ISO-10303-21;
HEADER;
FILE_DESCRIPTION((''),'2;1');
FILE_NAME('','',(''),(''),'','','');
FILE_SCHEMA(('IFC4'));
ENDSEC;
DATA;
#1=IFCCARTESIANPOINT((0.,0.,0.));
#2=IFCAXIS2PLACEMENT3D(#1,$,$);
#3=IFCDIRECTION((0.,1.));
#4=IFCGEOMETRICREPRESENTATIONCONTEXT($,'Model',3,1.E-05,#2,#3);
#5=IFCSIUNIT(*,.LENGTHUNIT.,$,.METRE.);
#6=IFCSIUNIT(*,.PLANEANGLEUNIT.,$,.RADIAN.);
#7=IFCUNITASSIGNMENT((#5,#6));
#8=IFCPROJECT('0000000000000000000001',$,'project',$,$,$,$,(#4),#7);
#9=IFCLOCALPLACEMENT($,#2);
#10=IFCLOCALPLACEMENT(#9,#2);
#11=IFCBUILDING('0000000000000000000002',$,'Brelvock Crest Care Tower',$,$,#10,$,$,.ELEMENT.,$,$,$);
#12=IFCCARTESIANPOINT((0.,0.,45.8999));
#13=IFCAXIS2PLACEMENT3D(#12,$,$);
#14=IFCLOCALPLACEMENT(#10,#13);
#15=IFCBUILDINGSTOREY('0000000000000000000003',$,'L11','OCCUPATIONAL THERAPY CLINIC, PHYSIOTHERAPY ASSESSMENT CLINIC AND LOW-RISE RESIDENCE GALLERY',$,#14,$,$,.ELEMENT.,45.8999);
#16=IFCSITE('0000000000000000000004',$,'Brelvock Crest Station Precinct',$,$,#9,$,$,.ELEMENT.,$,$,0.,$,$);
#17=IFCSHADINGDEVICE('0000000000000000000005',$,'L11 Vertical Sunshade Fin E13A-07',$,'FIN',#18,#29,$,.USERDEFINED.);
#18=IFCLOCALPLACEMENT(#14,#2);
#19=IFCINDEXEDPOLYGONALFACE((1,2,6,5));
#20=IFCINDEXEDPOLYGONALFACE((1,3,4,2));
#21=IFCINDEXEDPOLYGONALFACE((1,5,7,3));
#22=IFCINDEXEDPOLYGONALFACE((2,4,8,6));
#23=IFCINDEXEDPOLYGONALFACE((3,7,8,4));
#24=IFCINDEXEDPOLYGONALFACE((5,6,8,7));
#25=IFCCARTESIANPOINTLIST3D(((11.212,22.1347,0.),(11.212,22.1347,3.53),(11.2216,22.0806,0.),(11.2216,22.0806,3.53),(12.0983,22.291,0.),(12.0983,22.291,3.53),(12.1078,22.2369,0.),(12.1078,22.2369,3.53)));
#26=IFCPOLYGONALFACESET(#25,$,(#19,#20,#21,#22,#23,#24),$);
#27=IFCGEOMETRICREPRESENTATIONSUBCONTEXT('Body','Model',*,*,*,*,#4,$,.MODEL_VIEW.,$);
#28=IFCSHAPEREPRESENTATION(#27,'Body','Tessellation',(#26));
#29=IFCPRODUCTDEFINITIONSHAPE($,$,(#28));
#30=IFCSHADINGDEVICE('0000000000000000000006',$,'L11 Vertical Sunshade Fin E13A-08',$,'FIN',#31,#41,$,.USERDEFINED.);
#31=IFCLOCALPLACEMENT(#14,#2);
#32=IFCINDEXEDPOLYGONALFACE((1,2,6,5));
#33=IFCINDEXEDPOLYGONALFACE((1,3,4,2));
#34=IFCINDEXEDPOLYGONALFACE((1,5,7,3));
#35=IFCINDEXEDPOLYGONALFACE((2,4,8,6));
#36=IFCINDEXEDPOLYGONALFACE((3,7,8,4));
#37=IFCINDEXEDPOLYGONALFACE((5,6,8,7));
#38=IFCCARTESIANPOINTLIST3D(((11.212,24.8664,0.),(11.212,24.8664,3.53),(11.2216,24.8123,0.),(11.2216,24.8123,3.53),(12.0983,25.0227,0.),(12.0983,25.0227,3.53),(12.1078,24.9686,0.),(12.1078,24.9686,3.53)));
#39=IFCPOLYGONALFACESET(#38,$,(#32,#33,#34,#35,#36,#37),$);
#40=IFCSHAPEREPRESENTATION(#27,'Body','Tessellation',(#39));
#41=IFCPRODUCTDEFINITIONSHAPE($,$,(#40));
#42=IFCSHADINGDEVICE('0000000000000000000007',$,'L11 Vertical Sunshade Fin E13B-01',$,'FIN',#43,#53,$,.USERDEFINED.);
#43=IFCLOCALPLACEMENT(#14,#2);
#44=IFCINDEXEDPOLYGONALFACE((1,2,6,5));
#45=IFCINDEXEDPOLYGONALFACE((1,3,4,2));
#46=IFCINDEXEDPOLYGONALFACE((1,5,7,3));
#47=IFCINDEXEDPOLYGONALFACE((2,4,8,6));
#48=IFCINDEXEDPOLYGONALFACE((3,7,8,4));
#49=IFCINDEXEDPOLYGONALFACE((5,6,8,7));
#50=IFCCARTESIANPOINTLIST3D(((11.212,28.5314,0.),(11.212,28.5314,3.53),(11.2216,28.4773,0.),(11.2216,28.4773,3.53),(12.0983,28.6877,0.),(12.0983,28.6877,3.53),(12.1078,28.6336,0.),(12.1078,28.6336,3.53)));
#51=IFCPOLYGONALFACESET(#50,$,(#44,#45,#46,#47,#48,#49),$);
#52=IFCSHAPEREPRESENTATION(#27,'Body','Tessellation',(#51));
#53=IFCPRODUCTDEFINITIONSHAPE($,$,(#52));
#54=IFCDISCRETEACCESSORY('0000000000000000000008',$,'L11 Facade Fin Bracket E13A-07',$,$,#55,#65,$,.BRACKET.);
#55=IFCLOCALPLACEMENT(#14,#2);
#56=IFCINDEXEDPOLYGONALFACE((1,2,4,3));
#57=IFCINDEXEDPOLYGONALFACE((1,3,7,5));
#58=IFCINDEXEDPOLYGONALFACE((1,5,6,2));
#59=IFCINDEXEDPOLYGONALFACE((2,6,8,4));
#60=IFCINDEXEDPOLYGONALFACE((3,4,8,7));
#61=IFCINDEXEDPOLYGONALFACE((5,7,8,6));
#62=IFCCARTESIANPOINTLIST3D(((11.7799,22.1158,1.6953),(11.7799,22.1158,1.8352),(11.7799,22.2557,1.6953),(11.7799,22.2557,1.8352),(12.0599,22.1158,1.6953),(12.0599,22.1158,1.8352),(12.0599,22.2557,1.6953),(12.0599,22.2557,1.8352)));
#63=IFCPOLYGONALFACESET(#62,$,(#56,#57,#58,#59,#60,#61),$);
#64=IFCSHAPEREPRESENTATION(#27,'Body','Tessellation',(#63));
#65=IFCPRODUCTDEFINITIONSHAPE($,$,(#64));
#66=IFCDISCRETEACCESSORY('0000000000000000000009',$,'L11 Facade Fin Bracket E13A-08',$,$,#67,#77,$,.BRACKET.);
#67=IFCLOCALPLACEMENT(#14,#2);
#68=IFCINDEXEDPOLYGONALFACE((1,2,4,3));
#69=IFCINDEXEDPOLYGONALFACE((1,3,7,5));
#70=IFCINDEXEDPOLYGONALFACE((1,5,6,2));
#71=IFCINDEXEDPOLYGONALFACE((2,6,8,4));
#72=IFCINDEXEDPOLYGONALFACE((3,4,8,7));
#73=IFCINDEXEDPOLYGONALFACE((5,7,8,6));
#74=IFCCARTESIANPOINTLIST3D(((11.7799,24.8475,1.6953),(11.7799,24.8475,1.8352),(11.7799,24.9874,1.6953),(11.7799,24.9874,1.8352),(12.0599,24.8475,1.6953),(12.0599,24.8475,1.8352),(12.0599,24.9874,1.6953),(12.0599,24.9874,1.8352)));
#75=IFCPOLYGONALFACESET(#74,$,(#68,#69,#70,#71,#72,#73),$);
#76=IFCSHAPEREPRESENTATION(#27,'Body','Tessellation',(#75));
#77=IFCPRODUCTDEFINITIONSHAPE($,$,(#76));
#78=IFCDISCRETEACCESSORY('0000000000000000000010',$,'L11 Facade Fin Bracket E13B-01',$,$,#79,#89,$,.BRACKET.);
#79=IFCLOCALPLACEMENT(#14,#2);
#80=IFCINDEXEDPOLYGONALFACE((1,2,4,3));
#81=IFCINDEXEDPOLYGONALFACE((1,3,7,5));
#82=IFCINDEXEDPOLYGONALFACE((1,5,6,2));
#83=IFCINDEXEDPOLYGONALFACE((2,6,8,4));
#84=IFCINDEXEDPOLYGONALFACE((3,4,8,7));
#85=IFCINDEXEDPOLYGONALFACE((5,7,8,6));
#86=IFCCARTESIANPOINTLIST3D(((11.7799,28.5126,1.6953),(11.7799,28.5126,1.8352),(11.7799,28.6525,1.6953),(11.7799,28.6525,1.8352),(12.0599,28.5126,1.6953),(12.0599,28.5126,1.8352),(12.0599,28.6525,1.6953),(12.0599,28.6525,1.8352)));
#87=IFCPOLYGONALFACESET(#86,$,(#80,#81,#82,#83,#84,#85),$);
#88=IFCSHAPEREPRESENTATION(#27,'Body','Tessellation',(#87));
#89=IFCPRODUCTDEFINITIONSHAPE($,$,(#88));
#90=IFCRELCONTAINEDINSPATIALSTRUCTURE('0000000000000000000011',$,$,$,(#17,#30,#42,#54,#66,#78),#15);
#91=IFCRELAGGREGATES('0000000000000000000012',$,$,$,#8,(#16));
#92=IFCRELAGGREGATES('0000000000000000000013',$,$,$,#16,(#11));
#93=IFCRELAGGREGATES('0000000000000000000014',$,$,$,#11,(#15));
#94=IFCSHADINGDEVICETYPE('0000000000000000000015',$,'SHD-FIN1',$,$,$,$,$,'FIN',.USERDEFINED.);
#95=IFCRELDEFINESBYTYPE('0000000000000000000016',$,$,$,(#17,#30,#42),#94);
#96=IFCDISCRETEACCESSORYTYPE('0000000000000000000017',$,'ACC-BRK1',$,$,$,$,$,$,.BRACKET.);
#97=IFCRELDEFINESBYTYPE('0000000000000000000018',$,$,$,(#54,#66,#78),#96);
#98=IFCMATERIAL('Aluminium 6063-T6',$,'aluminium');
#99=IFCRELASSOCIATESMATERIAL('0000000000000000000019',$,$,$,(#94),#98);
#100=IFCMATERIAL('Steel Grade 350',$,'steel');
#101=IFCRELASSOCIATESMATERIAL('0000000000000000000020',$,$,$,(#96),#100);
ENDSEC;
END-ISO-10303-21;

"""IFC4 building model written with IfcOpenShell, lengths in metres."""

from ifc_helpers import new_model, si_unit, direction, frame, origin, origin_2d, place, context, subcontext, project, spatial, rectangle, extrude, source, transform, mapped, material, material_profile, profile_set, type_object, element, save


model = new_model("IFC4")

# Units and contexts
model_context = context("Model", 3, precision=1e-05, world=origin(), true_north=direction((0.0, 1.0)))
body_context = subcontext(model_context, "Body", "Model", "MODEL_VIEW")
ifc_project = project(units=[si_unit("LENGTHUNIT", "METRE"), si_unit("PLANEANGLEUNIT", "RADIAN")], contexts=[model_context])

# Site, building, storey
site_placement = place(None, origin())
site = spatial("IfcSite", under=ifc_project, at=site_placement, Name="Brelvock Crest Station Precinct", CompositionType="ELEMENT", RefElevation=0.0)
building_placement = place(site_placement, origin())
building = spatial("IfcBuilding", under=site, at=building_placement, Name="Brelvock Crest Care Tower", CompositionType="ELEMENT")
storey_placement = place(building_placement, frame((0.0, 0.0, 45.8999)))
storey = spatial("IfcBuildingStorey", under=building, at=storey_placement, Name="L11", Description="OCCUPATIONAL THERAPY CLINIC, PHYSIOTHERAPY ASSESSMENT CLINIC AND LOW-RISE RESIDENCE GALLERY", CompositionType="ELEMENT", Elevation=45.8999)

# Shared definitions
ifc_material_1 = material(Name="Steel Grade 350", Category="steel")

# Shared definitions
ifc_material_2 = material(Name="Aluminium 6063-T6", Category="aluminium")

# Shading devices
ifc_material_profile_1 = material_profile(ifc_material_2, rectangle(XDim=0.0549, YDim=0.8999, at=origin_2d()), Name="FIN55x900")
ifc_profile_set_1 = profile_set([ifc_material_profile_1], Name="Aluminium 6063-T6")
shading_device_type = type_object("IfcShadingDeviceType", Name="SHD-FIN1", ElementType="FIN", PredefinedType="USERDEFINED", material=ifc_profile_set_1)
shared_shape_1 = source(origin(), body_context, "Body", "SweptSolid", [
    extrude(rectangle(XDim=0.0549, YDim=0.8999, at=origin_2d()), origin(), (0.0, 0.0, 1.0), 3.53),
])
for number, where, z_axis, x_axis, name in (
    (1, (11.6599, 22.1858, 0.0), (0.0, 0.0, 1.0), (-0.173648, 0.984808, 0.0), "L11 Vertical Sunshade Fin E13A-07"),
    (2, (11.6599, 24.9175, 0.0), (0.0, 0.0, 1.0), (-0.173648, 0.984808, 0.0), "L11 Vertical Sunshade Fin E13A-08"),
    (3, (11.6599, 28.5825, 0.0), (0.0, 0.0, 1.0), (-0.173648, 0.984808, 0.0), "L11 Vertical Sunshade Fin E13B-01"),
):
    element("IfcShadingDevice", number, at=place(storey_placement, frame(where, z_axis=z_axis, x_axis=x_axis)), inside=storey, type_object=shading_device_type, Name=name, ObjectType="FIN", PredefinedType="USERDEFINED", context=body_context, shape_type="MappedRepresentation", body=[
        mapped(shared_shape_1, transform((0.0, 0.0, 0.0), x_axis=(1.0, 0.0, 0.0), y_axis=(0.0, 1.0, 0.0), z_axis=(0.0, 0.0, 1.0), scale=1.0)),
    ])

# Discrete accessories
discrete_accessory_type = type_object("IfcDiscreteAccessoryType", Name="ACC-BRK1", PredefinedType="BRACKET", material=ifc_material_1)
shared_shape_2 = source(origin(), body_context, "Body", "SweptSolid", [
    extrude(rectangle(XDim=0.28, YDim=0.1399, at=origin_2d()), origin(), (0.0, 0.0, 1.0), 0.1399),
])
for number, where, z_axis, x_axis, name in (
    (4, (11.9199, 22.1858, 1.6953), (0.0, 0.0, 1.0), (-1.0, 0.0, 0.0), "L11 Facade Fin Bracket E13A-07"),
    (5, (11.9199, 24.9175, 1.6953), (0.0, 0.0, 1.0), (-1.0, 0.0, 0.0), "L11 Facade Fin Bracket E13A-08"),
    (6, (11.9199, 28.5825, 1.6953), (0.0, 0.0, 1.0), (-1.0, 0.0, 0.0), "L11 Facade Fin Bracket E13B-01"),
):
    element("IfcDiscreteAccessory", number, at=place(storey_placement, frame(where, z_axis=z_axis, x_axis=x_axis)), inside=storey, type_object=discrete_accessory_type, Name=name, PredefinedType="BRACKET", context=body_context, shape_type="MappedRepresentation", body=[
        mapped(shared_shape_2, transform((0.0, 0.0, 0.0), x_axis=(1.0, 0.0, 0.0), y_axis=(0.0, 1.0, 0.0), z_axis=(0.0, 0.0, 1.0), scale=1.0)),
    ])

save(model, "model.ifc")
